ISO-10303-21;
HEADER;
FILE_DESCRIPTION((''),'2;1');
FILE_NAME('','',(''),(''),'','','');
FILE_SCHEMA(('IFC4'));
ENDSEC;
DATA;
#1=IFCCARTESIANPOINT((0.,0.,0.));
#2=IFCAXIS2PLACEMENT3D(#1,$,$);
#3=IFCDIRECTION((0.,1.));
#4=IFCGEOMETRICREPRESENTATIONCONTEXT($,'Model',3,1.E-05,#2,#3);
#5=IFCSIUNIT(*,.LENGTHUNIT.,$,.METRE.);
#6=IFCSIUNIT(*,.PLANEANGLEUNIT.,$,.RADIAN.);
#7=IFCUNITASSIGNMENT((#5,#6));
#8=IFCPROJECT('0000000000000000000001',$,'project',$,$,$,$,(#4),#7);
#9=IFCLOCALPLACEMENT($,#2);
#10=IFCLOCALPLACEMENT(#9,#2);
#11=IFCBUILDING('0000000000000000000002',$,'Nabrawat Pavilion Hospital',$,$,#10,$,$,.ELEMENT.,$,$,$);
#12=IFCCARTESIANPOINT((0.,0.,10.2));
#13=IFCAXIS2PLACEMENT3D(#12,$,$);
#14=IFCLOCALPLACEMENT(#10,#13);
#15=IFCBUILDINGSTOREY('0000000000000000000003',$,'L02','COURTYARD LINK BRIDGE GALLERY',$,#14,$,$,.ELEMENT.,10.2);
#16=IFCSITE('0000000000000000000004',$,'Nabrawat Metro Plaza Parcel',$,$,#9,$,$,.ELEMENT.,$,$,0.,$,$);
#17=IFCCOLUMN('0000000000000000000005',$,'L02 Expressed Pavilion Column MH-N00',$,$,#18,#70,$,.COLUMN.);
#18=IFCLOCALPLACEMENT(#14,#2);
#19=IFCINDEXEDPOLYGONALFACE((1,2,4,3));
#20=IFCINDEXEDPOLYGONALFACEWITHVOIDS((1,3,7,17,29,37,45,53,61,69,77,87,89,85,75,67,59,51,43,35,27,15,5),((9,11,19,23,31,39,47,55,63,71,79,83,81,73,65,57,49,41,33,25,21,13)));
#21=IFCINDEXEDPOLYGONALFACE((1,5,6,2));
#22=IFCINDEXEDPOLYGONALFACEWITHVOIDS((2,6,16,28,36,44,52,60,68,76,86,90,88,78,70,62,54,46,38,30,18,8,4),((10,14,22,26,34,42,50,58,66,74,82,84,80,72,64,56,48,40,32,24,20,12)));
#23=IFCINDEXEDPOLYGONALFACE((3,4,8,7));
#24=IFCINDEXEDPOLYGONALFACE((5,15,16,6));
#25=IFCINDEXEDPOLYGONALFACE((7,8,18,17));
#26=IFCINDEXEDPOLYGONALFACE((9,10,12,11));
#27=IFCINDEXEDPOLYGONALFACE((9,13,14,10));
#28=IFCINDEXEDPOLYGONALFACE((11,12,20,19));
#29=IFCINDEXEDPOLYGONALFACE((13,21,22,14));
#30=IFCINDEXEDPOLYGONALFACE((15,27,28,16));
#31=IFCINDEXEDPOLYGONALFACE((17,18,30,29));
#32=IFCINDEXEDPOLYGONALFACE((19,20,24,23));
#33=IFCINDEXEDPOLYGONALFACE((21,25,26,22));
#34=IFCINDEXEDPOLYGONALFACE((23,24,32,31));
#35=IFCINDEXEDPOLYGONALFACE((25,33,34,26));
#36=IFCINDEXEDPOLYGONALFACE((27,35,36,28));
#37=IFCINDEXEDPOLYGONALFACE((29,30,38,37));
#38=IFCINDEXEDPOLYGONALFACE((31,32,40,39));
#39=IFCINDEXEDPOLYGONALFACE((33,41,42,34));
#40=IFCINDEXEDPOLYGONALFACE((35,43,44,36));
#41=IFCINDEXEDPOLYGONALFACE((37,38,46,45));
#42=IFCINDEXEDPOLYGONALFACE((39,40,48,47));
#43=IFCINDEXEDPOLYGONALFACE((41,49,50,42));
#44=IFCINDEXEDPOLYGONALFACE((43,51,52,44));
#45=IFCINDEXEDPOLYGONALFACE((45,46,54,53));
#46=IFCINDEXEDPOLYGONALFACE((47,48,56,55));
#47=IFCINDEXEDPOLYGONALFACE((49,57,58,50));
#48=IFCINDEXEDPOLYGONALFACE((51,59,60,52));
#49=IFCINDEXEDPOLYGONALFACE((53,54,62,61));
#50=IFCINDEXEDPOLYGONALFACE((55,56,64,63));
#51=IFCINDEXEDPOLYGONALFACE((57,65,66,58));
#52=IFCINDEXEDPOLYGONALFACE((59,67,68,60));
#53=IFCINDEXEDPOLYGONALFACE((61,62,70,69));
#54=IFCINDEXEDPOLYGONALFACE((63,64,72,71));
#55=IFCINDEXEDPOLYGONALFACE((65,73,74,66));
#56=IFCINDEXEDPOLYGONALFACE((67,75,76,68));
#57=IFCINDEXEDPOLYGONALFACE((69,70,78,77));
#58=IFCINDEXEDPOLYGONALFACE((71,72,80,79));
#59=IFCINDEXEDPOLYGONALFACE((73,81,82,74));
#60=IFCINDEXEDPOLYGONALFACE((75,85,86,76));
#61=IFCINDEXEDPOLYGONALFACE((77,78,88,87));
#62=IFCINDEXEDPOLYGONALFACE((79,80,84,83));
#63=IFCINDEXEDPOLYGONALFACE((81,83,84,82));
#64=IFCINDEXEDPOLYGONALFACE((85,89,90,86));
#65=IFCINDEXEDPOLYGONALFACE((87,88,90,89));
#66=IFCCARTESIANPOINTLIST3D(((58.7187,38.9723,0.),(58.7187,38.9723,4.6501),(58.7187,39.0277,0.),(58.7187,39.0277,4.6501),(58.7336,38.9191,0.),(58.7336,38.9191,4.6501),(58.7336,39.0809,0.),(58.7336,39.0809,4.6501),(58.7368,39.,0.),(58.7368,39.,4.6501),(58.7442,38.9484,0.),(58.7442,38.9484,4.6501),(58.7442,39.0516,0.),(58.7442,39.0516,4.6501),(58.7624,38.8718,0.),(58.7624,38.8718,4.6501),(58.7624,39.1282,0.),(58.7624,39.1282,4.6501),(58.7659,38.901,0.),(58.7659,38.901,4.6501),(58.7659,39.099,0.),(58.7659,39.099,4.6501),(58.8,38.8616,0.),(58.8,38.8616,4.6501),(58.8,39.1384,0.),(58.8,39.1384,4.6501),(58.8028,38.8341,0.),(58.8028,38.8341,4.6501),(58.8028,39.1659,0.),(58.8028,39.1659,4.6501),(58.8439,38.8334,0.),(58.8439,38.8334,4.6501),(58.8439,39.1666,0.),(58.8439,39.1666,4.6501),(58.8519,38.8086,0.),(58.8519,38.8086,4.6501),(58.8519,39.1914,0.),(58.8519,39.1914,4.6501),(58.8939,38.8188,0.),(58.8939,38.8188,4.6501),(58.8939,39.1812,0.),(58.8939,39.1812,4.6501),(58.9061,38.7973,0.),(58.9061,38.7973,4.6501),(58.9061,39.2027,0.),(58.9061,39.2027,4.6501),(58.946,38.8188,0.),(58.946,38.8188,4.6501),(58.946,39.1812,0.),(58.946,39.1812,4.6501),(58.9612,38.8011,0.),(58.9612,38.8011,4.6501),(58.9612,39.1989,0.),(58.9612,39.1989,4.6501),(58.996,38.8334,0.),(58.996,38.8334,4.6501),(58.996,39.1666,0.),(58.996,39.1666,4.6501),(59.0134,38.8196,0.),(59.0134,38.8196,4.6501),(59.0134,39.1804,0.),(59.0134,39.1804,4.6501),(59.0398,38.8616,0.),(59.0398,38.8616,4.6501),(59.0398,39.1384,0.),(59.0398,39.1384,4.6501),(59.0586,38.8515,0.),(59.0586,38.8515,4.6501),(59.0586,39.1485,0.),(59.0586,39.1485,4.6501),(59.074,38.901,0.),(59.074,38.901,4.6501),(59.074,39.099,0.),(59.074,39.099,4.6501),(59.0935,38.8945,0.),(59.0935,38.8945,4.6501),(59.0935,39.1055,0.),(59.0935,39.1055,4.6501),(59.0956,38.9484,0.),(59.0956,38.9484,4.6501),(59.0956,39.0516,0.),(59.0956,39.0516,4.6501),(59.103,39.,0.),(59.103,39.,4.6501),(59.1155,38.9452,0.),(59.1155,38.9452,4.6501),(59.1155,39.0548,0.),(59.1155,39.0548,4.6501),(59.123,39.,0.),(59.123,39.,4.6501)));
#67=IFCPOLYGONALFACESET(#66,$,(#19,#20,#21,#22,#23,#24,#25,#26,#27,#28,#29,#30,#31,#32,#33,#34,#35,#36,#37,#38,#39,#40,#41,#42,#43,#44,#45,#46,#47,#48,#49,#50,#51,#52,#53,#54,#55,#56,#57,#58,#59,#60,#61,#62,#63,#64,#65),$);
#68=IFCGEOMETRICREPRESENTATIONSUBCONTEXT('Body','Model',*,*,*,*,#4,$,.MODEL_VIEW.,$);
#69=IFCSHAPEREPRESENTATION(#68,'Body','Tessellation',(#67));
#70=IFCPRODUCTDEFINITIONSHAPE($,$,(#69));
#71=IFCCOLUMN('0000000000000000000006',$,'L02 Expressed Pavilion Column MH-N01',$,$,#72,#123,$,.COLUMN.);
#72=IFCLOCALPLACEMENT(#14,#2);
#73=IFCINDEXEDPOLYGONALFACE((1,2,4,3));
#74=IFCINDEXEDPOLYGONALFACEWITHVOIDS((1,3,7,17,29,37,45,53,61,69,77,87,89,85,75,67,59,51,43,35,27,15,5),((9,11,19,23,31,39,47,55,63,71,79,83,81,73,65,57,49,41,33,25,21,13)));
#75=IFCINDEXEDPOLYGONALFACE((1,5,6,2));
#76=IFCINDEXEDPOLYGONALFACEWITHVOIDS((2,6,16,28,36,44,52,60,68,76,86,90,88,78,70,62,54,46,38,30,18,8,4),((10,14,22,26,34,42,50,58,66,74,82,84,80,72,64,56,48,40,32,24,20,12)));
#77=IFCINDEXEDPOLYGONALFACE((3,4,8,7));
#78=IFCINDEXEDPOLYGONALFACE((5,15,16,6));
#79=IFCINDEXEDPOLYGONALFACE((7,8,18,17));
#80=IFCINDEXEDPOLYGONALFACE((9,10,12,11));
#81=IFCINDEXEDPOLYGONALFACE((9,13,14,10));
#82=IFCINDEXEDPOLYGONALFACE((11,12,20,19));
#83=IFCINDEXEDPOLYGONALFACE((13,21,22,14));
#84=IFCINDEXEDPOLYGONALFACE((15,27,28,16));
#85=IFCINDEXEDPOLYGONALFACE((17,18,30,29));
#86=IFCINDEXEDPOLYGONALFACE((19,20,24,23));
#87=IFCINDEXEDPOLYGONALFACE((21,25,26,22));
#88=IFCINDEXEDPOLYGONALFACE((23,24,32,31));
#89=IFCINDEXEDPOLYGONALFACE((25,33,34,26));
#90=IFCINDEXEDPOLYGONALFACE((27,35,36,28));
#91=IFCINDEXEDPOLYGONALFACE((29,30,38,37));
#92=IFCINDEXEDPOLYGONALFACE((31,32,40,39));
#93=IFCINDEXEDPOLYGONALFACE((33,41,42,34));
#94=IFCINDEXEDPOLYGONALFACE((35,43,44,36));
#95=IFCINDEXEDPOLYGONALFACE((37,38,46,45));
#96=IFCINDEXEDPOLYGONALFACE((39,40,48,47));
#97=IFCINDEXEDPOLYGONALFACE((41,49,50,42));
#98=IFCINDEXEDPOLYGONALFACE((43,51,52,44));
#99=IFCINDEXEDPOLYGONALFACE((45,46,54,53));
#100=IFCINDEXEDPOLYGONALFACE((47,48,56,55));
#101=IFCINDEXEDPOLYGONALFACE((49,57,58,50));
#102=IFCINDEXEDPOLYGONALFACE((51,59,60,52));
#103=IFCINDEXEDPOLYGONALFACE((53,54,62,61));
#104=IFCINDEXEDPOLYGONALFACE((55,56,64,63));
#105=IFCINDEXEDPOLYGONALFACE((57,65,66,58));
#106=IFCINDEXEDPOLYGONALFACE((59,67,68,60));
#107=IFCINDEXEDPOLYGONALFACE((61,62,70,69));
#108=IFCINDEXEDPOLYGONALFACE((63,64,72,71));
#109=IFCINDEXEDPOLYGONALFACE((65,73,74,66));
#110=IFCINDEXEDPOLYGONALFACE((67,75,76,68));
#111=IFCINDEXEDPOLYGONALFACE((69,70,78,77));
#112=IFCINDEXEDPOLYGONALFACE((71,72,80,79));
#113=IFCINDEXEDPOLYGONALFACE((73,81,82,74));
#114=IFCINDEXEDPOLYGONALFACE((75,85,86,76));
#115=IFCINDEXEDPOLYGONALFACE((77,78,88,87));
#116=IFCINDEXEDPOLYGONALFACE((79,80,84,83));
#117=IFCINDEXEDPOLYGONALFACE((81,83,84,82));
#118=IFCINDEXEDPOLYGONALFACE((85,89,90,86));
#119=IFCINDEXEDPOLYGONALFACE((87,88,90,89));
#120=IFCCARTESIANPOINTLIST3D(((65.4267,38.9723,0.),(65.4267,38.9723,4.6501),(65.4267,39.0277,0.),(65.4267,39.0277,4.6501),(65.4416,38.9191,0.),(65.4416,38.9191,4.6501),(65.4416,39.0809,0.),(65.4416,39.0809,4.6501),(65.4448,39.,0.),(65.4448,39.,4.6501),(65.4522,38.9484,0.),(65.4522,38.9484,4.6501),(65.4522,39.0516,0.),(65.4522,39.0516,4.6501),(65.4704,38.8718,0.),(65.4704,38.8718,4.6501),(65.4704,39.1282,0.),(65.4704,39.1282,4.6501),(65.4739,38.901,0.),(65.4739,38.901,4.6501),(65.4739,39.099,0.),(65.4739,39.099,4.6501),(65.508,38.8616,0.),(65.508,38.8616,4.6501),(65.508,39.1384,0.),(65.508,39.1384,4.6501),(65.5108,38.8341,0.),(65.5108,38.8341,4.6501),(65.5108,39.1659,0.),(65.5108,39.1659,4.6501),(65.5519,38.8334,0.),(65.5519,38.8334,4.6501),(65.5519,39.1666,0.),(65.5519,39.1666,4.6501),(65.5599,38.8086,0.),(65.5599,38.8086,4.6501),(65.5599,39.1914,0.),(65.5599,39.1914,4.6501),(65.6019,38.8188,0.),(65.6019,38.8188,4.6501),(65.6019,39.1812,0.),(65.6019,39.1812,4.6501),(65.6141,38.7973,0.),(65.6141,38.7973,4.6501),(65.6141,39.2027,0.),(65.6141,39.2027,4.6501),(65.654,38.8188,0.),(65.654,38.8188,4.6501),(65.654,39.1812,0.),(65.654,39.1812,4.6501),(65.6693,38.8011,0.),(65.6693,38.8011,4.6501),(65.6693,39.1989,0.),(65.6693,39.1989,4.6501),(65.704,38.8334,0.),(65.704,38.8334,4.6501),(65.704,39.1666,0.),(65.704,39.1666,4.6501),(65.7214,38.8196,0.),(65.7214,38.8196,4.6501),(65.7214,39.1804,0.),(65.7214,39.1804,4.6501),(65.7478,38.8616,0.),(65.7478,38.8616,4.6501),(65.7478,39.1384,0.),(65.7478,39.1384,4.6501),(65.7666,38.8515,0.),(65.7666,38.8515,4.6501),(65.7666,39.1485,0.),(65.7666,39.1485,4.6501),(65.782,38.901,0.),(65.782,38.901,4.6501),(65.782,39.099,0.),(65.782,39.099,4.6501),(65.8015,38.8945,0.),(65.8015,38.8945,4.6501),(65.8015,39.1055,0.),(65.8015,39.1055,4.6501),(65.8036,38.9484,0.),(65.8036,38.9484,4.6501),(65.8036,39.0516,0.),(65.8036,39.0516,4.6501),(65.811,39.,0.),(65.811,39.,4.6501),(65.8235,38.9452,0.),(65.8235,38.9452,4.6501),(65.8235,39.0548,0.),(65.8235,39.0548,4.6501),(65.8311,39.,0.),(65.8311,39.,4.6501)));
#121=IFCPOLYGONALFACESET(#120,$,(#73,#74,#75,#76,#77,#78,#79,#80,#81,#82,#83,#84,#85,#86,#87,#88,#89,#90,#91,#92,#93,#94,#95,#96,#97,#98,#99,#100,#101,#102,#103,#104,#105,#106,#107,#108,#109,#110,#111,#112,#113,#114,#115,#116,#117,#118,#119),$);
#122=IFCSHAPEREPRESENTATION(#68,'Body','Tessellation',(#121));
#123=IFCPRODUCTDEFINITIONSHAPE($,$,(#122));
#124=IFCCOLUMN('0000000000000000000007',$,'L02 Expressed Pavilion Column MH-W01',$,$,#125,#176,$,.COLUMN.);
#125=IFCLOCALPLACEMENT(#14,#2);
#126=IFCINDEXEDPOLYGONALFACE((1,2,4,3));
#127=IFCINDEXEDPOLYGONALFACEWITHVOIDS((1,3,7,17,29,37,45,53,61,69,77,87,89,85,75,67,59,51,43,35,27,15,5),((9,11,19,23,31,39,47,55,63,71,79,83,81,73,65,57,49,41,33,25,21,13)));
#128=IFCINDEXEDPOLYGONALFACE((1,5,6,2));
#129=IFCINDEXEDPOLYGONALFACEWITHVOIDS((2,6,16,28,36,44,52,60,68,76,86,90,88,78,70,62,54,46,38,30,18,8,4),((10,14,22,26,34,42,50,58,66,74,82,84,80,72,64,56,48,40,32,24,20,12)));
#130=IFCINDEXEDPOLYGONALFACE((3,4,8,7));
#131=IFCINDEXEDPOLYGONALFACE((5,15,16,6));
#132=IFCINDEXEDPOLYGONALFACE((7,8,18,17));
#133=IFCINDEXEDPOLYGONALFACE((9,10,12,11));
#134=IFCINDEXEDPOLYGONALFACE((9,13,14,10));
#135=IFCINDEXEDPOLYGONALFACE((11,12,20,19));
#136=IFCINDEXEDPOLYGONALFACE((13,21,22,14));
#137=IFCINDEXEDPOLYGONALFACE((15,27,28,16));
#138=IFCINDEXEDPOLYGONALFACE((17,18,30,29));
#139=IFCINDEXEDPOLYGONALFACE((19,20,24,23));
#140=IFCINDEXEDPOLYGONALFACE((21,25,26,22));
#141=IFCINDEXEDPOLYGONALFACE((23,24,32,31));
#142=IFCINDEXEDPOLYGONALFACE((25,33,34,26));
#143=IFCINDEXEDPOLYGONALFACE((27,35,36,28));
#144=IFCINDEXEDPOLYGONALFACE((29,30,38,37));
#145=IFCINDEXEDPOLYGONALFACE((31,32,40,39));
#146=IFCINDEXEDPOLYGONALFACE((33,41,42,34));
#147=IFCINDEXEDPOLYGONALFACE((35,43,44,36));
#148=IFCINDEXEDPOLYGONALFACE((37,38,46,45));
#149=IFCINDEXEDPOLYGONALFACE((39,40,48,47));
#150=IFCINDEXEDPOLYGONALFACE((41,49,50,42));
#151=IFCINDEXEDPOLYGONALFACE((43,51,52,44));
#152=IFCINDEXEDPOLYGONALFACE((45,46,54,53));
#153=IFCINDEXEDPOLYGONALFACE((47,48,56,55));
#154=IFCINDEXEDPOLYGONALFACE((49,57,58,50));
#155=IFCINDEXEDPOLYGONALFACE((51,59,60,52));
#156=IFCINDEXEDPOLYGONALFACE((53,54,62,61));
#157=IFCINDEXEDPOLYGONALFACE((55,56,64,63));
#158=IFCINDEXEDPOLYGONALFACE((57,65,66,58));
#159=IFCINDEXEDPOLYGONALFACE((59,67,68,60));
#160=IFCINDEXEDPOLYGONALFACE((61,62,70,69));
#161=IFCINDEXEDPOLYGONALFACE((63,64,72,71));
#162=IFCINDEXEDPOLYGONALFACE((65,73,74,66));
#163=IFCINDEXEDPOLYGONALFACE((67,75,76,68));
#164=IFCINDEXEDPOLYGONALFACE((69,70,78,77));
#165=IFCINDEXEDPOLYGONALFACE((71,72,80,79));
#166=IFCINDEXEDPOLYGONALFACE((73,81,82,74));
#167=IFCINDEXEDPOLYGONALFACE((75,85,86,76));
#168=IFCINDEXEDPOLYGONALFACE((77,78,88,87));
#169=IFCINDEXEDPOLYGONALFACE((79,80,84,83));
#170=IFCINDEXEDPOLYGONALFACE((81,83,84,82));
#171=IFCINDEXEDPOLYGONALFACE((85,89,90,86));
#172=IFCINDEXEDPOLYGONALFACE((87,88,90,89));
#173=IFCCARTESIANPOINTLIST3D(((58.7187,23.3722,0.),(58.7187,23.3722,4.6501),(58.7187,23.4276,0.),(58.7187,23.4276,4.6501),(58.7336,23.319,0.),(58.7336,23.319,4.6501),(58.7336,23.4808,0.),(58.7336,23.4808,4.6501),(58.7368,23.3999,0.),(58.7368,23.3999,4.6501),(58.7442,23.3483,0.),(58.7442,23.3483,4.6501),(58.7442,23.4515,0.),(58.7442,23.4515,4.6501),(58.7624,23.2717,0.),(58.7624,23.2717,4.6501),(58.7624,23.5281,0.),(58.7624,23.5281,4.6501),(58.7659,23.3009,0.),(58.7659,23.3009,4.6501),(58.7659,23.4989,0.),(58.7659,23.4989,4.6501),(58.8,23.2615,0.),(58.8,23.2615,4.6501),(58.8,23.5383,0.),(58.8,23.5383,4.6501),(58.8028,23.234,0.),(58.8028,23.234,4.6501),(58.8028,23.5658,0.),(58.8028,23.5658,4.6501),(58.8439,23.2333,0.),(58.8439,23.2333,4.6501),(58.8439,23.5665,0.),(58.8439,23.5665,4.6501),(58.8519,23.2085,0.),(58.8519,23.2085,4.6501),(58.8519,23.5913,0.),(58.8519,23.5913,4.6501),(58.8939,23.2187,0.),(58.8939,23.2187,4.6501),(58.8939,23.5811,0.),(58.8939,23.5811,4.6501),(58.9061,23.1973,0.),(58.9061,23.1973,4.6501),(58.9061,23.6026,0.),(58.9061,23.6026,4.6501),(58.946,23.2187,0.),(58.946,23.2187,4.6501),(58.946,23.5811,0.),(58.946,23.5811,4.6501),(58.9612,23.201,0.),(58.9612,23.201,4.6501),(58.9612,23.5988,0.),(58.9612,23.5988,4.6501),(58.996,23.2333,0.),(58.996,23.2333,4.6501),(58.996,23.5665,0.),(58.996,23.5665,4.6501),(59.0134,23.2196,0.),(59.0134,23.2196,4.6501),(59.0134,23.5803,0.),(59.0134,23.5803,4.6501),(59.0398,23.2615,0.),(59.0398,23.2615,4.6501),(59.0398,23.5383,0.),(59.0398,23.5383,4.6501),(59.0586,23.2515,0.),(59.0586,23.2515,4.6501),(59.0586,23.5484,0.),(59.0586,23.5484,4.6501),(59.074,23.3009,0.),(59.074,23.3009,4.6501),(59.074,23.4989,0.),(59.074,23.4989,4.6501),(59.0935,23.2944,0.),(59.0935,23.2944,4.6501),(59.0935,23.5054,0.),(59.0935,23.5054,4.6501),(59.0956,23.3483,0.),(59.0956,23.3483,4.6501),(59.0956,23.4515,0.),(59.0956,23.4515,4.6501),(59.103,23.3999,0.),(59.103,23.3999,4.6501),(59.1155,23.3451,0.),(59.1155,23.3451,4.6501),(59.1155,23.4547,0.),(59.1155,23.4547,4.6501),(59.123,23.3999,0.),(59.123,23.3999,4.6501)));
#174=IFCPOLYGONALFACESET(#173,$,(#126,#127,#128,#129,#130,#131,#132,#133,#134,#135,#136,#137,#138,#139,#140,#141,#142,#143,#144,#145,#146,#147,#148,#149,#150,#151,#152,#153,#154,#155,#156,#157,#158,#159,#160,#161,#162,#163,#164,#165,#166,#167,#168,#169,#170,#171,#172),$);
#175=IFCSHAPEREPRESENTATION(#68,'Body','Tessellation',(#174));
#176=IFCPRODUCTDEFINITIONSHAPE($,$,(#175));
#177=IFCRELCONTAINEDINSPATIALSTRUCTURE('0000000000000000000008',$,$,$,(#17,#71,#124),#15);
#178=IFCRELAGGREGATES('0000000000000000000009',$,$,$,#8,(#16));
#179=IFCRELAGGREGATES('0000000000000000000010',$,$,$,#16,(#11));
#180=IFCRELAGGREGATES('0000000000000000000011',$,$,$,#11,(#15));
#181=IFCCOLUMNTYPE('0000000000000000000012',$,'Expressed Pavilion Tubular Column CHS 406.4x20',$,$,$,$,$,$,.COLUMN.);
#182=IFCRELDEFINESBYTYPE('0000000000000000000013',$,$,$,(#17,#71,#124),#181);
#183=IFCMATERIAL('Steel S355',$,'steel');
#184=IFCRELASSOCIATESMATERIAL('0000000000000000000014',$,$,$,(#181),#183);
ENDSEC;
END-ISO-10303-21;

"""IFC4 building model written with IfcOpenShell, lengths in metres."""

from ifc_helpers import new_model, si_unit, direction, frame, origin, origin_2d, place, context, subcontext, project, spatial, hollow_circle, extrude, material, material_profile, profile_set, type_object, element, save


model = new_model("IFC4")

# Units and contexts
model_context = context("Model", 3, precision=1e-05, world=origin(), true_north=direction((0.0, 1.0)))
body_context = subcontext(model_context, "Body", "Model", "MODEL_VIEW")
ifc_project = project(units=[si_unit("LENGTHUNIT", "METRE"), si_unit("PLANEANGLEUNIT", "RADIAN")], contexts=[model_context])

# Site, building, storey
site_placement = place(None, origin())
site = spatial("IfcSite", under=ifc_project, at=site_placement, Name="Nabrawat Metro Plaza Parcel", CompositionType="ELEMENT", RefElevation=0.0)
building_placement = place(site_placement, origin())
building = spatial("IfcBuilding", under=site, at=building_placement, Name="Nabrawat Pavilion Hospital", CompositionType="ELEMENT")
storey_placement = place(building_placement, frame((0.0, 0.0, 10.2)))
storey = spatial("IfcBuildingStorey", under=building, at=storey_placement, Name="L02", Description="COURTYARD LINK BRIDGE GALLERY", CompositionType="ELEMENT", Elevation=10.2)

# Columns
ifc_material_1 = material(Name="Steel S355", Category="steel")
ifc_material_profile_1 = material_profile(ifc_material_1, hollow_circle(Radius=0.2031, WallThickness=0.02, at=origin_2d()), Name="CHS 406.4x20")
ifc_profile_set_1 = profile_set([ifc_material_profile_1], Name="Steel S355")
column_type = type_object("IfcColumnType", Name="Expressed Pavilion Tubular Column CHS 406.4x20", PredefinedType="COLUMN", material=ifc_profile_set_1)
for number, where, z_axis, x_axis, name in (
    (1, (58.9199, 39.0, 0.0), (0.0, 0.0, 1.0), (1.0, 0.0, 0.0), "L02 Expressed Pavilion Column MH-N00"),
    (2, (65.6279, 39.0, 0.0), (0.0, 0.0, 1.0), (1.0, 0.0, 0.0), "L02 Expressed Pavilion Column MH-N01"),
    (3, (58.9199, 23.3999, 0.0), (0.0, 0.0, 1.0), (1.0, 0.0, 0.0), "L02 Expressed Pavilion Column MH-W01"),
):
    element("IfcColumn", number, at=place(storey_placement, frame(where, z_axis=z_axis, x_axis=x_axis)), inside=storey, type_object=column_type, Name=name, PredefinedType="COLUMN", context=body_context, shape_type="SweptSolid", body=[
        extrude(hollow_circle(Radius=0.2031, WallThickness=0.02, at=origin_2d()), origin(), (0.0, 0.0, 1.0), 4.6501),
    ])

save(model, "model.ifc")
